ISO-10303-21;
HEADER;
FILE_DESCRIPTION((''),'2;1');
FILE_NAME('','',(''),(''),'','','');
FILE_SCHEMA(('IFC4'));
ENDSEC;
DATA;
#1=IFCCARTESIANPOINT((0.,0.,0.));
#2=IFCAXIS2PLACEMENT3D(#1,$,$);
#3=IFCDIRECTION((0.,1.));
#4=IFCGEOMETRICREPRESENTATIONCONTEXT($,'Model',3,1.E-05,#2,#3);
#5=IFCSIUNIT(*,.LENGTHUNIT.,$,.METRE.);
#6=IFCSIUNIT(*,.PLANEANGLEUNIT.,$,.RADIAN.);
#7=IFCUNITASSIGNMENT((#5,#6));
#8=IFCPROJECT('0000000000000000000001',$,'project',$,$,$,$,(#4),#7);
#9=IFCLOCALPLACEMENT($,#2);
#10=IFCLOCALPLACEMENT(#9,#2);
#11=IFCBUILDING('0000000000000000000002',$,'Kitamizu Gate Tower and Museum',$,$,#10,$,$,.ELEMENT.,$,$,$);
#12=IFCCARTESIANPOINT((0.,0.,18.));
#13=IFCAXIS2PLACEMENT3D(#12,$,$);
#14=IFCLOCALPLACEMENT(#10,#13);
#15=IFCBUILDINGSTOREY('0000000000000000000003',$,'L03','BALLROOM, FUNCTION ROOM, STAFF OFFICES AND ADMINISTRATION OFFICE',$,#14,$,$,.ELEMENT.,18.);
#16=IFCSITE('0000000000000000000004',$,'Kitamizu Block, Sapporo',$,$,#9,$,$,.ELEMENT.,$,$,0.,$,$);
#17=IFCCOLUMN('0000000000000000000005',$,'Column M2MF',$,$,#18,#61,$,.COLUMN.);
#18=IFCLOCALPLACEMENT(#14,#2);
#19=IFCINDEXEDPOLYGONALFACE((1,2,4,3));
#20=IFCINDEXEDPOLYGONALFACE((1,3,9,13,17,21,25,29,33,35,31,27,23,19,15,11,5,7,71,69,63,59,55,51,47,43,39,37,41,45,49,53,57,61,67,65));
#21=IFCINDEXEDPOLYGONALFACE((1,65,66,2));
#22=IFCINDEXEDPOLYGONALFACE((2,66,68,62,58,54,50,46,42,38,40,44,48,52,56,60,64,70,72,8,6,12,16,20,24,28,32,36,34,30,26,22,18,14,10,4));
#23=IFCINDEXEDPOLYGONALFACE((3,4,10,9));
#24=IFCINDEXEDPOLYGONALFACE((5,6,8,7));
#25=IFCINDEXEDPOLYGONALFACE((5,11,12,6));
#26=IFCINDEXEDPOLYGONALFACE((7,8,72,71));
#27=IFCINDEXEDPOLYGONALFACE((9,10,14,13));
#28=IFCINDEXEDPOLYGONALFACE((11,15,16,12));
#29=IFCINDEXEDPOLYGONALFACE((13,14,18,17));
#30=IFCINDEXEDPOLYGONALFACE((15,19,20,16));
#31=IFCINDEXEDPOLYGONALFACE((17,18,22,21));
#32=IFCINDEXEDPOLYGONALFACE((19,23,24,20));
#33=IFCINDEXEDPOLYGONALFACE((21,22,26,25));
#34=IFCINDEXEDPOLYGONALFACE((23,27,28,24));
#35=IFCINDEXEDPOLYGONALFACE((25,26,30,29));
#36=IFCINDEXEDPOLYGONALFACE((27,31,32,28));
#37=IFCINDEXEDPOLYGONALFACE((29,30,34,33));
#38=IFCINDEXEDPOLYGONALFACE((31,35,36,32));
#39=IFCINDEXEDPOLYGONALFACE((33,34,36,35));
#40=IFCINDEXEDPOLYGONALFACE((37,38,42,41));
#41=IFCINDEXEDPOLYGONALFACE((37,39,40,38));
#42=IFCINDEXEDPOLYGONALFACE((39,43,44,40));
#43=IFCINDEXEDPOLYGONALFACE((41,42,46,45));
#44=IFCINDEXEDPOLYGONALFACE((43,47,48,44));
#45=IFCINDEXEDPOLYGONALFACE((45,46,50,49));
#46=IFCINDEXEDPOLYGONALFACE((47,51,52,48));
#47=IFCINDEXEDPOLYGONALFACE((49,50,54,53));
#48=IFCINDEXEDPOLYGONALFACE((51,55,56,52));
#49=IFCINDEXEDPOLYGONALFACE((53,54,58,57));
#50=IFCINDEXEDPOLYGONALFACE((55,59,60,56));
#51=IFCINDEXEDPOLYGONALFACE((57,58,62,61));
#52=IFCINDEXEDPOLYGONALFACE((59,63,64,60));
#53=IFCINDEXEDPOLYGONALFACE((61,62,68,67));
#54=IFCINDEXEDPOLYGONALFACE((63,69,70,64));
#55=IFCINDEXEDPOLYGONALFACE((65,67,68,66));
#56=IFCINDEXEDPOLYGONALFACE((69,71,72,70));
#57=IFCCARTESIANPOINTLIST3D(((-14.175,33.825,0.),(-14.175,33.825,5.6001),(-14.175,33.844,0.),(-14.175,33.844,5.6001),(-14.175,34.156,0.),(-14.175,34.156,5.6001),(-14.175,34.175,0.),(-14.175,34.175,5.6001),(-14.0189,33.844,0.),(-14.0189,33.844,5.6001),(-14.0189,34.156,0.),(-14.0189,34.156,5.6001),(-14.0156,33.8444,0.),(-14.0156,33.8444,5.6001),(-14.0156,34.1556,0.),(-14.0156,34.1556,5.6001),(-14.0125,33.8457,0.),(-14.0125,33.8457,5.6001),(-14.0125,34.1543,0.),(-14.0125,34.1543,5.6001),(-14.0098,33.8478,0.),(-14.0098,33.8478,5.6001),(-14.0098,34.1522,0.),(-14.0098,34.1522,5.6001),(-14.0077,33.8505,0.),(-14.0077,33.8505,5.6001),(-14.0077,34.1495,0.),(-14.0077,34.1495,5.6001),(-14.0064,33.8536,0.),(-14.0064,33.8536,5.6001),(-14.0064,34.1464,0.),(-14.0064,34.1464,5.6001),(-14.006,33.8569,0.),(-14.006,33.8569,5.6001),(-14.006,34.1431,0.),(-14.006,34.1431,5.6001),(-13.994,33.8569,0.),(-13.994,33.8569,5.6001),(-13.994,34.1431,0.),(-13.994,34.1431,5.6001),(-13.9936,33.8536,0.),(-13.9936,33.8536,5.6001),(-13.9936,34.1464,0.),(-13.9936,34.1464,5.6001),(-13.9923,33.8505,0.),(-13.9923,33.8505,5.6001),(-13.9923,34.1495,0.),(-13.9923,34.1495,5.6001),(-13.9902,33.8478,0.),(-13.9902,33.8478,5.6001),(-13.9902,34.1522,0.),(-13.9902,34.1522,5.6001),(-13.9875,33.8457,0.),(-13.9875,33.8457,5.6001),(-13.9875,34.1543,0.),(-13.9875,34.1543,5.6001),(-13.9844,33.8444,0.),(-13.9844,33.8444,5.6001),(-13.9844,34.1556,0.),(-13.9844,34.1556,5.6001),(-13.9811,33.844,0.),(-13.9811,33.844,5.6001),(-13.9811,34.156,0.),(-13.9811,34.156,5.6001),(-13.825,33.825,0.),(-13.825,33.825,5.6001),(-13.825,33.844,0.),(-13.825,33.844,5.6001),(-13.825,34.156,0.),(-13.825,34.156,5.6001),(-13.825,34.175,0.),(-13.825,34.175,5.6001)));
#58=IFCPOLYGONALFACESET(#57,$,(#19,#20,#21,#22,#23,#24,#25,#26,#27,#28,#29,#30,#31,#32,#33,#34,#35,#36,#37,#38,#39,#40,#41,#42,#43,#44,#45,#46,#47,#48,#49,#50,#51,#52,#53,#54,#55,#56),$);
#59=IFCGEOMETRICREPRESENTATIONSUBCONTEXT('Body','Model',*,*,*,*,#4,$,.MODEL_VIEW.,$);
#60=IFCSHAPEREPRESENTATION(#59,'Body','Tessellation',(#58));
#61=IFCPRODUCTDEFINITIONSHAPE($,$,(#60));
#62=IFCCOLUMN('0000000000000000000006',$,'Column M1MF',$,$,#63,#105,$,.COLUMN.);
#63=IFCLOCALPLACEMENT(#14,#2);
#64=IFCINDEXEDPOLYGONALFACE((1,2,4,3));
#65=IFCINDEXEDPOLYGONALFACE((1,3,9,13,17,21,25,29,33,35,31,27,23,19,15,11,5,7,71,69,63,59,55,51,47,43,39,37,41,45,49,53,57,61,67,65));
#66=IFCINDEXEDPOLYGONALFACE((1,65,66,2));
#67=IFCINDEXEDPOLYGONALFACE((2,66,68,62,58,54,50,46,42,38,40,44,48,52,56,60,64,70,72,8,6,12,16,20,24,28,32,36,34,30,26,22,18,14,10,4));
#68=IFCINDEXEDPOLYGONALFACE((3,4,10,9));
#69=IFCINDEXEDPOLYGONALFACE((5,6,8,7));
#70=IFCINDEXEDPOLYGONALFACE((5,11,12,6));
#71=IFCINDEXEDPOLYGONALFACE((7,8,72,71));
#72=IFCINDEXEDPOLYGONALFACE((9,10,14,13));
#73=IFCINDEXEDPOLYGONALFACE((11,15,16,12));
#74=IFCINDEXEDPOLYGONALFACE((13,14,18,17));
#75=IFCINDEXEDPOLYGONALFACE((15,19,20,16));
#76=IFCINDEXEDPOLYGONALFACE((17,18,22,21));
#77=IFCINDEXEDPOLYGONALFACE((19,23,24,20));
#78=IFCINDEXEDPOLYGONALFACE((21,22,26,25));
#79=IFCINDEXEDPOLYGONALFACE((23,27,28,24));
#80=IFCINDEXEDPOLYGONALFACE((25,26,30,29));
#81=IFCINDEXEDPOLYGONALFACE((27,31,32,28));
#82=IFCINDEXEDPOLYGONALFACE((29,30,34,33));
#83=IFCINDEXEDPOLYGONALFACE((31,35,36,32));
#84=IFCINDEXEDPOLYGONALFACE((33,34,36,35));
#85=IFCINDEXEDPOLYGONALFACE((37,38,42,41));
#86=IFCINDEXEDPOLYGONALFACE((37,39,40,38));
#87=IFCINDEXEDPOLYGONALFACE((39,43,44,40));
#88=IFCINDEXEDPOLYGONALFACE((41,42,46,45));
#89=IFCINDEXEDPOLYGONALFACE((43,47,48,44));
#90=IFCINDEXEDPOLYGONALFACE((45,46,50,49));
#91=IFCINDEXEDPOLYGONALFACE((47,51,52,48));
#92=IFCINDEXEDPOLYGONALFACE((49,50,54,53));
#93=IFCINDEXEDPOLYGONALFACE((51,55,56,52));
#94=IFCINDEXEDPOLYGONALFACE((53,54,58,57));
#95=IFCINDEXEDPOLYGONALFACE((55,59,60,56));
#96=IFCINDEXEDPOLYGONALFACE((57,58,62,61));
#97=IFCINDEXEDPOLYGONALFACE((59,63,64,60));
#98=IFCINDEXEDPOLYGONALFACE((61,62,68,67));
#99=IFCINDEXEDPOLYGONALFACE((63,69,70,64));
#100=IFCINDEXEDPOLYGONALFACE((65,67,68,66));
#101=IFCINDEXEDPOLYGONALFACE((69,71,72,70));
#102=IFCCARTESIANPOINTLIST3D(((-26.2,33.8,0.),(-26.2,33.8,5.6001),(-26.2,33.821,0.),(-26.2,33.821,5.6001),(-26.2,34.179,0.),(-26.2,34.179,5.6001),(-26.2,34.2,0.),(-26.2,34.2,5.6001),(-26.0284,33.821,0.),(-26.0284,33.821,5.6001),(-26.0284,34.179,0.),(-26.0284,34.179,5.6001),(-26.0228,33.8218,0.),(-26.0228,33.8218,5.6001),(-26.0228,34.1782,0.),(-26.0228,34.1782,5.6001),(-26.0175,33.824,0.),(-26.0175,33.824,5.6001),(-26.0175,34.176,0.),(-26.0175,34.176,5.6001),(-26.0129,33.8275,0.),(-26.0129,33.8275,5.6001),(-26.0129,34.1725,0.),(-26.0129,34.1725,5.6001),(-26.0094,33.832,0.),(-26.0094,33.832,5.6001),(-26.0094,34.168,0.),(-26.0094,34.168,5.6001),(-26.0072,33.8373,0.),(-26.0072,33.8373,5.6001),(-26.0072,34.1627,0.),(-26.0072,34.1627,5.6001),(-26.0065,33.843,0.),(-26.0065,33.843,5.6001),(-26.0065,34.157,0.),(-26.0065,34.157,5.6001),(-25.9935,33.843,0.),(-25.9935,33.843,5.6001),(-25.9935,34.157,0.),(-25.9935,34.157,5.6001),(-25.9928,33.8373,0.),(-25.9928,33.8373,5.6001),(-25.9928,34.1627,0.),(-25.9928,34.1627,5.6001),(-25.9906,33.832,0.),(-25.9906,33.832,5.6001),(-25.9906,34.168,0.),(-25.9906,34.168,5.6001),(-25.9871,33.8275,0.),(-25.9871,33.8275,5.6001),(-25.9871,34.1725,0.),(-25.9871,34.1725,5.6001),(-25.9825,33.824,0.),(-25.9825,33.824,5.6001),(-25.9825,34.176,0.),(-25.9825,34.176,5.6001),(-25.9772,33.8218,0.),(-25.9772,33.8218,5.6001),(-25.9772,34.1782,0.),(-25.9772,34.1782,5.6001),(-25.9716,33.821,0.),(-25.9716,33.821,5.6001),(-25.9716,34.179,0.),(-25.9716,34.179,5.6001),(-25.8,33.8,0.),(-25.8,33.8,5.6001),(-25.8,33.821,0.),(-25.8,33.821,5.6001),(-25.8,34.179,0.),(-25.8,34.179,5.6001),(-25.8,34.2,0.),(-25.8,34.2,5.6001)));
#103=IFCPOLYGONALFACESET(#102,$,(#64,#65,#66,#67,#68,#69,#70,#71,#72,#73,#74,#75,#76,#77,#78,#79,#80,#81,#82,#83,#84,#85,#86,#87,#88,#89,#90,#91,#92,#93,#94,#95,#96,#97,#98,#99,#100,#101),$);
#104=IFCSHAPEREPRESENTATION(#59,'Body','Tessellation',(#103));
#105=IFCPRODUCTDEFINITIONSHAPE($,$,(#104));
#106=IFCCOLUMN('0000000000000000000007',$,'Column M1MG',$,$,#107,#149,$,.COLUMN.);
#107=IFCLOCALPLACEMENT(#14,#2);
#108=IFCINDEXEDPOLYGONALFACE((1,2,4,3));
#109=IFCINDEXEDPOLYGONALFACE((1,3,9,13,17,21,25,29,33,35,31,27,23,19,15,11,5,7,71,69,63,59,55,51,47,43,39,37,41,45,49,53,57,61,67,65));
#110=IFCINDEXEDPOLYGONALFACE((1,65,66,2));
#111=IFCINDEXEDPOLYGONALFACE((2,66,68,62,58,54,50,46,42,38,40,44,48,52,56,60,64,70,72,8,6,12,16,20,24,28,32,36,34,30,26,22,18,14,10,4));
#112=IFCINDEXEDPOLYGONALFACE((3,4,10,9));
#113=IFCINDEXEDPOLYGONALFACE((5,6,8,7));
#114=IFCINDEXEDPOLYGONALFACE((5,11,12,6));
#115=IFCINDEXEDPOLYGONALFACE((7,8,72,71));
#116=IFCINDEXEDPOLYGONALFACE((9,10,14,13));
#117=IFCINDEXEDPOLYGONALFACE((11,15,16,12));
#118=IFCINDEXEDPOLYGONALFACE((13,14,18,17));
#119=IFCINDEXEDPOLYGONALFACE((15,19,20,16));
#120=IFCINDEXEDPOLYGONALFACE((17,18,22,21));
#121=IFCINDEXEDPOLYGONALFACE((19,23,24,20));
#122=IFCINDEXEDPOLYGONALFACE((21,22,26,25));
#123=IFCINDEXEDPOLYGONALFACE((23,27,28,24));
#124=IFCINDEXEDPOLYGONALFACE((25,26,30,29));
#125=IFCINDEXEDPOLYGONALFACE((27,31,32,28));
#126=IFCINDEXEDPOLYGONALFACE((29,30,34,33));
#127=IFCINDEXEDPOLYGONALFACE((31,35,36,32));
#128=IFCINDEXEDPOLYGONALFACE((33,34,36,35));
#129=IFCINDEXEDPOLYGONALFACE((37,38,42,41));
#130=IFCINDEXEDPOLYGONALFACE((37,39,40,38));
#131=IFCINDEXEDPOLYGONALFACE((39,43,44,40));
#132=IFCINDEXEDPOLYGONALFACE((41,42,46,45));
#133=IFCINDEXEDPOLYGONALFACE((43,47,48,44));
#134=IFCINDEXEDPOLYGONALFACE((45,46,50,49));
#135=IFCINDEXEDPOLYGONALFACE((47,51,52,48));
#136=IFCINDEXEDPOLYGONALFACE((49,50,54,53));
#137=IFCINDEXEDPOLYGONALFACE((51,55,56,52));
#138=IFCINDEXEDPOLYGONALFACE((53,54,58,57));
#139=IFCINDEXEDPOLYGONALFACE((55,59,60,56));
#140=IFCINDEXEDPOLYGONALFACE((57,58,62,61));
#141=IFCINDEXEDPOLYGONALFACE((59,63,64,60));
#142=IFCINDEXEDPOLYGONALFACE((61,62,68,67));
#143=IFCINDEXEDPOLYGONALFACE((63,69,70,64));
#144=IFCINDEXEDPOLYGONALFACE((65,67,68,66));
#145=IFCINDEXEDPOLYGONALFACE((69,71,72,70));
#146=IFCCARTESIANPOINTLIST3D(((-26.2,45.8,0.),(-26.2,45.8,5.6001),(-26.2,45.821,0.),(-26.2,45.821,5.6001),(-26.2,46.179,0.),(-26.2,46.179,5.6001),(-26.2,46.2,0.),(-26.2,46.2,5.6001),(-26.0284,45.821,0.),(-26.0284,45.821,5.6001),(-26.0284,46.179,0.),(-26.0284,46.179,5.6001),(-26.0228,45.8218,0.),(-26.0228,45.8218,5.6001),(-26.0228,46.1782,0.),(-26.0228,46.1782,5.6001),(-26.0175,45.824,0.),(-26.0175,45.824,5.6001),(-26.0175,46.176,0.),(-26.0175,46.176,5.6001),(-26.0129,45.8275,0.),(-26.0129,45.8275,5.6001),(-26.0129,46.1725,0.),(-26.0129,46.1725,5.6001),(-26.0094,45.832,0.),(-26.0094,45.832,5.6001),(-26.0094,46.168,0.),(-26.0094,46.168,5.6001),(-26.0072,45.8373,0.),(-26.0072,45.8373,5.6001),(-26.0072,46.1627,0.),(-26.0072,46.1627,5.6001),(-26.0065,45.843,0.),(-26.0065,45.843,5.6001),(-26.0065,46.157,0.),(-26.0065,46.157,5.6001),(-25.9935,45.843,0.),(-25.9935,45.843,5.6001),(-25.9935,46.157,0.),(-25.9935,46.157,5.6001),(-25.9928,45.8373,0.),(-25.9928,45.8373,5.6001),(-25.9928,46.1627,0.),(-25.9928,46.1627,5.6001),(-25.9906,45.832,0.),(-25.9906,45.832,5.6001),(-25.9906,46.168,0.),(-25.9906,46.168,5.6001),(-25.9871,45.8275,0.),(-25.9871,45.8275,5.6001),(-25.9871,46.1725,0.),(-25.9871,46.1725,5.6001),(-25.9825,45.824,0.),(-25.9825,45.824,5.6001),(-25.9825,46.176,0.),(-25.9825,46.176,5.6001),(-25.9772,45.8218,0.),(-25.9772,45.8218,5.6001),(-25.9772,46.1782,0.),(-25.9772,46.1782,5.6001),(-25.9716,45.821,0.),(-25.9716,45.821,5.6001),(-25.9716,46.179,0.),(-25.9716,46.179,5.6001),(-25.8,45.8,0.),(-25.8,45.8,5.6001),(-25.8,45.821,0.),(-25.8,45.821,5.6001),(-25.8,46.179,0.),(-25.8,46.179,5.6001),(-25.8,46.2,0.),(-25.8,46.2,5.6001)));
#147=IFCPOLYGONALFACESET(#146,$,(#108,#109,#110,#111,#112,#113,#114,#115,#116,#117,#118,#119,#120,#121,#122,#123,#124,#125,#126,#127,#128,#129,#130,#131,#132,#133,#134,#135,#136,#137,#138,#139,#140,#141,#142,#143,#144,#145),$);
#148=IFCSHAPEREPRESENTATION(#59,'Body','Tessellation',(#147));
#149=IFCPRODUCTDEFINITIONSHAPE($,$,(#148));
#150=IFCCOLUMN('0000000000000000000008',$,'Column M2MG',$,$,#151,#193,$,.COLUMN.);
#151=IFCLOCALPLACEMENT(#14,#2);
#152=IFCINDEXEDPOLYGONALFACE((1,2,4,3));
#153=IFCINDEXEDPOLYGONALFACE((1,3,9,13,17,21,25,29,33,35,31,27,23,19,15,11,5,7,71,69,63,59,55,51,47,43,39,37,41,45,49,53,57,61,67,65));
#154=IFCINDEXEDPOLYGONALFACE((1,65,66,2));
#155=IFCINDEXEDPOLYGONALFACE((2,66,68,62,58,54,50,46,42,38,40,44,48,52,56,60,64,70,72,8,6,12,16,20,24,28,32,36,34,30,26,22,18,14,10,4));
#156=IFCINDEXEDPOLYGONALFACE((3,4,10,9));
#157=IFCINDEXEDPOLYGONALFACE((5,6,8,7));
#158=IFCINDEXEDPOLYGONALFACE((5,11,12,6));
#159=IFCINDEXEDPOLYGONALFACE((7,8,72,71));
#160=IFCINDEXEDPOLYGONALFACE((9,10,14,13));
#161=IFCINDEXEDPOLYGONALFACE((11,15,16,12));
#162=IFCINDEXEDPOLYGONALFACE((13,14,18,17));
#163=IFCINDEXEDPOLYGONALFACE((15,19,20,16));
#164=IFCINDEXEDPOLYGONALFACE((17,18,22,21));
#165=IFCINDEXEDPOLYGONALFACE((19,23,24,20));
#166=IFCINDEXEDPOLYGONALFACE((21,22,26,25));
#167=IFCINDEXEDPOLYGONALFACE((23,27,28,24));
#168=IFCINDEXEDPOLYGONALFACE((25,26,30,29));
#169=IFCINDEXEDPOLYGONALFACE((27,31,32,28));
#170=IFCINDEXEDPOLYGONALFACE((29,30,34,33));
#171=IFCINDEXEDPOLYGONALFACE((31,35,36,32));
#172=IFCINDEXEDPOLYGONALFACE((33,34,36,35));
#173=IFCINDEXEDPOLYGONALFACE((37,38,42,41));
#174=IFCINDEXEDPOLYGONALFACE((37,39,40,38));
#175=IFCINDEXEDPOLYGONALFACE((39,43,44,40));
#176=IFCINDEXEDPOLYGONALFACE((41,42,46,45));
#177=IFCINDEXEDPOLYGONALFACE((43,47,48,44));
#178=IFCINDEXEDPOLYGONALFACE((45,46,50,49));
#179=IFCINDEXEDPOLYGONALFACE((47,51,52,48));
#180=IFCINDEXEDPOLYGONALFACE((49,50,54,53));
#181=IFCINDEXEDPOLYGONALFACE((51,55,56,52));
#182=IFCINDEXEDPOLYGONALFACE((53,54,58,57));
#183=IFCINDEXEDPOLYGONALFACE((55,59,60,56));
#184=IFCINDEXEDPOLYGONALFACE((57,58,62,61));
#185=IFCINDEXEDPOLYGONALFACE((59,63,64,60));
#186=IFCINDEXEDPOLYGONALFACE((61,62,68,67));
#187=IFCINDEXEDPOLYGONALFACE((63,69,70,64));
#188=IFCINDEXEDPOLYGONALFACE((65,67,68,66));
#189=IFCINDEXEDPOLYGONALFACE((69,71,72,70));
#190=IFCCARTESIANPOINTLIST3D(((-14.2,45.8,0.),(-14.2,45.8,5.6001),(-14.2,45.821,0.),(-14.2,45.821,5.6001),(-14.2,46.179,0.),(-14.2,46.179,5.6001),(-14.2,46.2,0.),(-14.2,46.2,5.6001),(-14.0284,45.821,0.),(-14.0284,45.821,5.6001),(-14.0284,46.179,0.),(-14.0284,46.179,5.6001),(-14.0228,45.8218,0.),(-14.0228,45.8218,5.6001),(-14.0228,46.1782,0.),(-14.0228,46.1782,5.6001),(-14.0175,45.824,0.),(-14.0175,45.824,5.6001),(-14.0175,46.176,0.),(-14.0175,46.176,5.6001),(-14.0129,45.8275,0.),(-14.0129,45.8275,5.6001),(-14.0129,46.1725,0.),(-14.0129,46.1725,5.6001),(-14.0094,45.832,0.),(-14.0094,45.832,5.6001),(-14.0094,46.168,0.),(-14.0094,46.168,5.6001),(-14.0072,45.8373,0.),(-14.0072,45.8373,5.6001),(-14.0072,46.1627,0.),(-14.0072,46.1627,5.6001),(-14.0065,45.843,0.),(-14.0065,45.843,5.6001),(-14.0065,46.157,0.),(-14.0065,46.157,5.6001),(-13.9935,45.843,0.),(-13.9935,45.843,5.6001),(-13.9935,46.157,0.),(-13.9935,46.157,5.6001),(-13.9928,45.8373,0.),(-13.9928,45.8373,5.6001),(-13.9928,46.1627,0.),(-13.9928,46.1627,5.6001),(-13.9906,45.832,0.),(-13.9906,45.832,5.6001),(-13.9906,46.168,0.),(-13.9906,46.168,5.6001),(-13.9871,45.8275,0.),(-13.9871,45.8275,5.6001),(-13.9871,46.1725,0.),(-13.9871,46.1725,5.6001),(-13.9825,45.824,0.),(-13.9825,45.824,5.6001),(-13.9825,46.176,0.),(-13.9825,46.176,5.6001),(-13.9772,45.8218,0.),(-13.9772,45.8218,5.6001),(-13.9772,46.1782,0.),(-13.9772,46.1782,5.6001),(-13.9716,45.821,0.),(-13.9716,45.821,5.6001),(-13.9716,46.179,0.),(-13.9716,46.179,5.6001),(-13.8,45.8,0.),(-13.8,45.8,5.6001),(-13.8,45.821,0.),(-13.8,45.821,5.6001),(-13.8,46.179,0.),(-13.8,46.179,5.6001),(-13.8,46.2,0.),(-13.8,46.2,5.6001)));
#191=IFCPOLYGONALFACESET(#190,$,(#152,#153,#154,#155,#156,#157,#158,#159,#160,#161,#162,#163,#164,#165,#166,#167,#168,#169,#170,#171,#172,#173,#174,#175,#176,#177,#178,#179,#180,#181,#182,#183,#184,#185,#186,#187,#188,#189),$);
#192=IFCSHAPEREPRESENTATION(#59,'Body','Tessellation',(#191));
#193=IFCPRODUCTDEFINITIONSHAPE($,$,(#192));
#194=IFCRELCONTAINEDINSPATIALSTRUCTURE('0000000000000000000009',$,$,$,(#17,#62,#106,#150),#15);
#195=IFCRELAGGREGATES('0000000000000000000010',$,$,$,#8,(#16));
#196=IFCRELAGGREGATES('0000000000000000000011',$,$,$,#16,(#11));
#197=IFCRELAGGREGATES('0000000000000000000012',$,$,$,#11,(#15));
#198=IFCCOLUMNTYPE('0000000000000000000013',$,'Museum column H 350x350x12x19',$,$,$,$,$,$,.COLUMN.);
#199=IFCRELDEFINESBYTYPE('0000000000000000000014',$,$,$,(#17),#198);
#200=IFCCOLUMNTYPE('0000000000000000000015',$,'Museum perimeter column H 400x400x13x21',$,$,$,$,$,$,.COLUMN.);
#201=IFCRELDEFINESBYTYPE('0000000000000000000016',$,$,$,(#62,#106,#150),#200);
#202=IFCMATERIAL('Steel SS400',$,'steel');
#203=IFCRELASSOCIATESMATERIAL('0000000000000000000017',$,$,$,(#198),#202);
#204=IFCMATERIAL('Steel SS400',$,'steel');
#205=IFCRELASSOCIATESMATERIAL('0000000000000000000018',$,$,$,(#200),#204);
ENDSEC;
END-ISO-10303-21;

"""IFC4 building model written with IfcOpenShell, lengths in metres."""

from ifc_helpers import new_model, si_unit, direction, frame, origin, origin_2d, place, context, subcontext, project, spatial, i_section, extrude, material, material_profile, profile_set, type_object, element, save


model = new_model("IFC4")

# Units and contexts
model_context = context("Model", 3, precision=1e-05, world=origin(), true_north=direction((0.0, 1.0)))
body_context = subcontext(model_context, "Body", "Model", "MODEL_VIEW")
ifc_project = project(units=[si_unit("LENGTHUNIT", "METRE"), si_unit("PLANEANGLEUNIT", "RADIAN")], contexts=[model_context])

# Site, building, storey
site_placement = place(None, origin())
site = spatial("IfcSite", under=ifc_project, at=site_placement, Name="Kitamizu Block, Sapporo", CompositionType="ELEMENT", RefElevation=0.0)
building_placement = place(site_placement, origin())
building = spatial("IfcBuilding", under=site, at=building_placement, Name="Kitamizu Gate Tower and Museum", CompositionType="ELEMENT")
storey_placement = place(building_placement, frame((0.0, 0.0, 18.0)))
storey = spatial("IfcBuildingStorey", under=building, at=storey_placement, Name="L03", Description="BALLROOM, FUNCTION ROOM, STAFF OFFICES AND ADMINISTRATION OFFICE", CompositionType="ELEMENT", Elevation=18.0)

# Columns
ifc_material_1 = material(Name="Steel SS400", Category="steel")
ifc_material_profile_1 = material_profile(ifc_material_1, i_section(OverallWidth=0.3501, OverallDepth=0.3501, WebThickness=0.012, FlangeThickness=0.019, FilletRadius=0.0129, at=origin_2d()), Name="H-350x350x12x19")
ifc_profile_set_1 = profile_set([ifc_material_profile_1], Name="Steel SS400")
column_type_1 = type_object("IfcColumnType", Name="Museum column H 350x350x12x19", PredefinedType="COLUMN", material=ifc_profile_set_1)
column_placement = place(storey_placement, frame((-14.0, 34.0, 0.0), z_axis=(0.0, 0.0, 1.0), x_axis=(1.0, 0.0, 0.0)))
element("IfcColumn", 1, at=column_placement, inside=storey, type_object=column_type_1, Name="Column M2MF", PredefinedType="COLUMN", context=body_context, shape_type="SweptSolid", body=[
    extrude(i_section(OverallWidth=0.3501, OverallDepth=0.3501, WebThickness=0.012, FlangeThickness=0.019, FilletRadius=0.0129, at=origin_2d()), origin(), (0.0, 0.0, 1.0), 5.6001),
])
ifc_material_2 = material(Name="Steel SS400", Category="steel")
ifc_material_profile_2 = material_profile(ifc_material_2, i_section(OverallWidth=0.3999, OverallDepth=0.3999, WebThickness=0.0129, FlangeThickness=0.021, FilletRadius=0.022, at=origin_2d()), Name="H-400x400x13x21")
ifc_profile_set_2 = profile_set([ifc_material_profile_2], Name="Steel SS400")
column_type_2 = type_object("IfcColumnType", Name="Museum perimeter column H 400x400x13x21", PredefinedType="COLUMN", material=ifc_profile_set_2)
for number, where, z_axis, x_axis, name in (
    (2, (-26.0, 34.0, 0.0), (0.0, 0.0, 1.0), (1.0, 0.0, 0.0), "Column M1MF"),
    (3, (-26.0, 46.0, 0.0), (0.0, 0.0, 1.0), (1.0, 0.0, 0.0), "Column M1MG"),
    (4, (-14.0, 46.0, 0.0), (0.0, 0.0, 1.0), (1.0, 0.0, 0.0), "Column M2MG"),
):
    element("IfcColumn", number, at=place(storey_placement, frame(where, z_axis=z_axis, x_axis=x_axis)), inside=storey, type_object=column_type_2, Name=name, PredefinedType="COLUMN", context=body_context, shape_type="SweptSolid", body=[
        extrude(i_section(OverallWidth=0.3999, OverallDepth=0.3999, WebThickness=0.0129, FlangeThickness=0.021, FilletRadius=0.022, at=origin_2d()), origin(), (0.0, 0.0, 1.0), 5.6001),
    ])

save(model, "model.ifc")
